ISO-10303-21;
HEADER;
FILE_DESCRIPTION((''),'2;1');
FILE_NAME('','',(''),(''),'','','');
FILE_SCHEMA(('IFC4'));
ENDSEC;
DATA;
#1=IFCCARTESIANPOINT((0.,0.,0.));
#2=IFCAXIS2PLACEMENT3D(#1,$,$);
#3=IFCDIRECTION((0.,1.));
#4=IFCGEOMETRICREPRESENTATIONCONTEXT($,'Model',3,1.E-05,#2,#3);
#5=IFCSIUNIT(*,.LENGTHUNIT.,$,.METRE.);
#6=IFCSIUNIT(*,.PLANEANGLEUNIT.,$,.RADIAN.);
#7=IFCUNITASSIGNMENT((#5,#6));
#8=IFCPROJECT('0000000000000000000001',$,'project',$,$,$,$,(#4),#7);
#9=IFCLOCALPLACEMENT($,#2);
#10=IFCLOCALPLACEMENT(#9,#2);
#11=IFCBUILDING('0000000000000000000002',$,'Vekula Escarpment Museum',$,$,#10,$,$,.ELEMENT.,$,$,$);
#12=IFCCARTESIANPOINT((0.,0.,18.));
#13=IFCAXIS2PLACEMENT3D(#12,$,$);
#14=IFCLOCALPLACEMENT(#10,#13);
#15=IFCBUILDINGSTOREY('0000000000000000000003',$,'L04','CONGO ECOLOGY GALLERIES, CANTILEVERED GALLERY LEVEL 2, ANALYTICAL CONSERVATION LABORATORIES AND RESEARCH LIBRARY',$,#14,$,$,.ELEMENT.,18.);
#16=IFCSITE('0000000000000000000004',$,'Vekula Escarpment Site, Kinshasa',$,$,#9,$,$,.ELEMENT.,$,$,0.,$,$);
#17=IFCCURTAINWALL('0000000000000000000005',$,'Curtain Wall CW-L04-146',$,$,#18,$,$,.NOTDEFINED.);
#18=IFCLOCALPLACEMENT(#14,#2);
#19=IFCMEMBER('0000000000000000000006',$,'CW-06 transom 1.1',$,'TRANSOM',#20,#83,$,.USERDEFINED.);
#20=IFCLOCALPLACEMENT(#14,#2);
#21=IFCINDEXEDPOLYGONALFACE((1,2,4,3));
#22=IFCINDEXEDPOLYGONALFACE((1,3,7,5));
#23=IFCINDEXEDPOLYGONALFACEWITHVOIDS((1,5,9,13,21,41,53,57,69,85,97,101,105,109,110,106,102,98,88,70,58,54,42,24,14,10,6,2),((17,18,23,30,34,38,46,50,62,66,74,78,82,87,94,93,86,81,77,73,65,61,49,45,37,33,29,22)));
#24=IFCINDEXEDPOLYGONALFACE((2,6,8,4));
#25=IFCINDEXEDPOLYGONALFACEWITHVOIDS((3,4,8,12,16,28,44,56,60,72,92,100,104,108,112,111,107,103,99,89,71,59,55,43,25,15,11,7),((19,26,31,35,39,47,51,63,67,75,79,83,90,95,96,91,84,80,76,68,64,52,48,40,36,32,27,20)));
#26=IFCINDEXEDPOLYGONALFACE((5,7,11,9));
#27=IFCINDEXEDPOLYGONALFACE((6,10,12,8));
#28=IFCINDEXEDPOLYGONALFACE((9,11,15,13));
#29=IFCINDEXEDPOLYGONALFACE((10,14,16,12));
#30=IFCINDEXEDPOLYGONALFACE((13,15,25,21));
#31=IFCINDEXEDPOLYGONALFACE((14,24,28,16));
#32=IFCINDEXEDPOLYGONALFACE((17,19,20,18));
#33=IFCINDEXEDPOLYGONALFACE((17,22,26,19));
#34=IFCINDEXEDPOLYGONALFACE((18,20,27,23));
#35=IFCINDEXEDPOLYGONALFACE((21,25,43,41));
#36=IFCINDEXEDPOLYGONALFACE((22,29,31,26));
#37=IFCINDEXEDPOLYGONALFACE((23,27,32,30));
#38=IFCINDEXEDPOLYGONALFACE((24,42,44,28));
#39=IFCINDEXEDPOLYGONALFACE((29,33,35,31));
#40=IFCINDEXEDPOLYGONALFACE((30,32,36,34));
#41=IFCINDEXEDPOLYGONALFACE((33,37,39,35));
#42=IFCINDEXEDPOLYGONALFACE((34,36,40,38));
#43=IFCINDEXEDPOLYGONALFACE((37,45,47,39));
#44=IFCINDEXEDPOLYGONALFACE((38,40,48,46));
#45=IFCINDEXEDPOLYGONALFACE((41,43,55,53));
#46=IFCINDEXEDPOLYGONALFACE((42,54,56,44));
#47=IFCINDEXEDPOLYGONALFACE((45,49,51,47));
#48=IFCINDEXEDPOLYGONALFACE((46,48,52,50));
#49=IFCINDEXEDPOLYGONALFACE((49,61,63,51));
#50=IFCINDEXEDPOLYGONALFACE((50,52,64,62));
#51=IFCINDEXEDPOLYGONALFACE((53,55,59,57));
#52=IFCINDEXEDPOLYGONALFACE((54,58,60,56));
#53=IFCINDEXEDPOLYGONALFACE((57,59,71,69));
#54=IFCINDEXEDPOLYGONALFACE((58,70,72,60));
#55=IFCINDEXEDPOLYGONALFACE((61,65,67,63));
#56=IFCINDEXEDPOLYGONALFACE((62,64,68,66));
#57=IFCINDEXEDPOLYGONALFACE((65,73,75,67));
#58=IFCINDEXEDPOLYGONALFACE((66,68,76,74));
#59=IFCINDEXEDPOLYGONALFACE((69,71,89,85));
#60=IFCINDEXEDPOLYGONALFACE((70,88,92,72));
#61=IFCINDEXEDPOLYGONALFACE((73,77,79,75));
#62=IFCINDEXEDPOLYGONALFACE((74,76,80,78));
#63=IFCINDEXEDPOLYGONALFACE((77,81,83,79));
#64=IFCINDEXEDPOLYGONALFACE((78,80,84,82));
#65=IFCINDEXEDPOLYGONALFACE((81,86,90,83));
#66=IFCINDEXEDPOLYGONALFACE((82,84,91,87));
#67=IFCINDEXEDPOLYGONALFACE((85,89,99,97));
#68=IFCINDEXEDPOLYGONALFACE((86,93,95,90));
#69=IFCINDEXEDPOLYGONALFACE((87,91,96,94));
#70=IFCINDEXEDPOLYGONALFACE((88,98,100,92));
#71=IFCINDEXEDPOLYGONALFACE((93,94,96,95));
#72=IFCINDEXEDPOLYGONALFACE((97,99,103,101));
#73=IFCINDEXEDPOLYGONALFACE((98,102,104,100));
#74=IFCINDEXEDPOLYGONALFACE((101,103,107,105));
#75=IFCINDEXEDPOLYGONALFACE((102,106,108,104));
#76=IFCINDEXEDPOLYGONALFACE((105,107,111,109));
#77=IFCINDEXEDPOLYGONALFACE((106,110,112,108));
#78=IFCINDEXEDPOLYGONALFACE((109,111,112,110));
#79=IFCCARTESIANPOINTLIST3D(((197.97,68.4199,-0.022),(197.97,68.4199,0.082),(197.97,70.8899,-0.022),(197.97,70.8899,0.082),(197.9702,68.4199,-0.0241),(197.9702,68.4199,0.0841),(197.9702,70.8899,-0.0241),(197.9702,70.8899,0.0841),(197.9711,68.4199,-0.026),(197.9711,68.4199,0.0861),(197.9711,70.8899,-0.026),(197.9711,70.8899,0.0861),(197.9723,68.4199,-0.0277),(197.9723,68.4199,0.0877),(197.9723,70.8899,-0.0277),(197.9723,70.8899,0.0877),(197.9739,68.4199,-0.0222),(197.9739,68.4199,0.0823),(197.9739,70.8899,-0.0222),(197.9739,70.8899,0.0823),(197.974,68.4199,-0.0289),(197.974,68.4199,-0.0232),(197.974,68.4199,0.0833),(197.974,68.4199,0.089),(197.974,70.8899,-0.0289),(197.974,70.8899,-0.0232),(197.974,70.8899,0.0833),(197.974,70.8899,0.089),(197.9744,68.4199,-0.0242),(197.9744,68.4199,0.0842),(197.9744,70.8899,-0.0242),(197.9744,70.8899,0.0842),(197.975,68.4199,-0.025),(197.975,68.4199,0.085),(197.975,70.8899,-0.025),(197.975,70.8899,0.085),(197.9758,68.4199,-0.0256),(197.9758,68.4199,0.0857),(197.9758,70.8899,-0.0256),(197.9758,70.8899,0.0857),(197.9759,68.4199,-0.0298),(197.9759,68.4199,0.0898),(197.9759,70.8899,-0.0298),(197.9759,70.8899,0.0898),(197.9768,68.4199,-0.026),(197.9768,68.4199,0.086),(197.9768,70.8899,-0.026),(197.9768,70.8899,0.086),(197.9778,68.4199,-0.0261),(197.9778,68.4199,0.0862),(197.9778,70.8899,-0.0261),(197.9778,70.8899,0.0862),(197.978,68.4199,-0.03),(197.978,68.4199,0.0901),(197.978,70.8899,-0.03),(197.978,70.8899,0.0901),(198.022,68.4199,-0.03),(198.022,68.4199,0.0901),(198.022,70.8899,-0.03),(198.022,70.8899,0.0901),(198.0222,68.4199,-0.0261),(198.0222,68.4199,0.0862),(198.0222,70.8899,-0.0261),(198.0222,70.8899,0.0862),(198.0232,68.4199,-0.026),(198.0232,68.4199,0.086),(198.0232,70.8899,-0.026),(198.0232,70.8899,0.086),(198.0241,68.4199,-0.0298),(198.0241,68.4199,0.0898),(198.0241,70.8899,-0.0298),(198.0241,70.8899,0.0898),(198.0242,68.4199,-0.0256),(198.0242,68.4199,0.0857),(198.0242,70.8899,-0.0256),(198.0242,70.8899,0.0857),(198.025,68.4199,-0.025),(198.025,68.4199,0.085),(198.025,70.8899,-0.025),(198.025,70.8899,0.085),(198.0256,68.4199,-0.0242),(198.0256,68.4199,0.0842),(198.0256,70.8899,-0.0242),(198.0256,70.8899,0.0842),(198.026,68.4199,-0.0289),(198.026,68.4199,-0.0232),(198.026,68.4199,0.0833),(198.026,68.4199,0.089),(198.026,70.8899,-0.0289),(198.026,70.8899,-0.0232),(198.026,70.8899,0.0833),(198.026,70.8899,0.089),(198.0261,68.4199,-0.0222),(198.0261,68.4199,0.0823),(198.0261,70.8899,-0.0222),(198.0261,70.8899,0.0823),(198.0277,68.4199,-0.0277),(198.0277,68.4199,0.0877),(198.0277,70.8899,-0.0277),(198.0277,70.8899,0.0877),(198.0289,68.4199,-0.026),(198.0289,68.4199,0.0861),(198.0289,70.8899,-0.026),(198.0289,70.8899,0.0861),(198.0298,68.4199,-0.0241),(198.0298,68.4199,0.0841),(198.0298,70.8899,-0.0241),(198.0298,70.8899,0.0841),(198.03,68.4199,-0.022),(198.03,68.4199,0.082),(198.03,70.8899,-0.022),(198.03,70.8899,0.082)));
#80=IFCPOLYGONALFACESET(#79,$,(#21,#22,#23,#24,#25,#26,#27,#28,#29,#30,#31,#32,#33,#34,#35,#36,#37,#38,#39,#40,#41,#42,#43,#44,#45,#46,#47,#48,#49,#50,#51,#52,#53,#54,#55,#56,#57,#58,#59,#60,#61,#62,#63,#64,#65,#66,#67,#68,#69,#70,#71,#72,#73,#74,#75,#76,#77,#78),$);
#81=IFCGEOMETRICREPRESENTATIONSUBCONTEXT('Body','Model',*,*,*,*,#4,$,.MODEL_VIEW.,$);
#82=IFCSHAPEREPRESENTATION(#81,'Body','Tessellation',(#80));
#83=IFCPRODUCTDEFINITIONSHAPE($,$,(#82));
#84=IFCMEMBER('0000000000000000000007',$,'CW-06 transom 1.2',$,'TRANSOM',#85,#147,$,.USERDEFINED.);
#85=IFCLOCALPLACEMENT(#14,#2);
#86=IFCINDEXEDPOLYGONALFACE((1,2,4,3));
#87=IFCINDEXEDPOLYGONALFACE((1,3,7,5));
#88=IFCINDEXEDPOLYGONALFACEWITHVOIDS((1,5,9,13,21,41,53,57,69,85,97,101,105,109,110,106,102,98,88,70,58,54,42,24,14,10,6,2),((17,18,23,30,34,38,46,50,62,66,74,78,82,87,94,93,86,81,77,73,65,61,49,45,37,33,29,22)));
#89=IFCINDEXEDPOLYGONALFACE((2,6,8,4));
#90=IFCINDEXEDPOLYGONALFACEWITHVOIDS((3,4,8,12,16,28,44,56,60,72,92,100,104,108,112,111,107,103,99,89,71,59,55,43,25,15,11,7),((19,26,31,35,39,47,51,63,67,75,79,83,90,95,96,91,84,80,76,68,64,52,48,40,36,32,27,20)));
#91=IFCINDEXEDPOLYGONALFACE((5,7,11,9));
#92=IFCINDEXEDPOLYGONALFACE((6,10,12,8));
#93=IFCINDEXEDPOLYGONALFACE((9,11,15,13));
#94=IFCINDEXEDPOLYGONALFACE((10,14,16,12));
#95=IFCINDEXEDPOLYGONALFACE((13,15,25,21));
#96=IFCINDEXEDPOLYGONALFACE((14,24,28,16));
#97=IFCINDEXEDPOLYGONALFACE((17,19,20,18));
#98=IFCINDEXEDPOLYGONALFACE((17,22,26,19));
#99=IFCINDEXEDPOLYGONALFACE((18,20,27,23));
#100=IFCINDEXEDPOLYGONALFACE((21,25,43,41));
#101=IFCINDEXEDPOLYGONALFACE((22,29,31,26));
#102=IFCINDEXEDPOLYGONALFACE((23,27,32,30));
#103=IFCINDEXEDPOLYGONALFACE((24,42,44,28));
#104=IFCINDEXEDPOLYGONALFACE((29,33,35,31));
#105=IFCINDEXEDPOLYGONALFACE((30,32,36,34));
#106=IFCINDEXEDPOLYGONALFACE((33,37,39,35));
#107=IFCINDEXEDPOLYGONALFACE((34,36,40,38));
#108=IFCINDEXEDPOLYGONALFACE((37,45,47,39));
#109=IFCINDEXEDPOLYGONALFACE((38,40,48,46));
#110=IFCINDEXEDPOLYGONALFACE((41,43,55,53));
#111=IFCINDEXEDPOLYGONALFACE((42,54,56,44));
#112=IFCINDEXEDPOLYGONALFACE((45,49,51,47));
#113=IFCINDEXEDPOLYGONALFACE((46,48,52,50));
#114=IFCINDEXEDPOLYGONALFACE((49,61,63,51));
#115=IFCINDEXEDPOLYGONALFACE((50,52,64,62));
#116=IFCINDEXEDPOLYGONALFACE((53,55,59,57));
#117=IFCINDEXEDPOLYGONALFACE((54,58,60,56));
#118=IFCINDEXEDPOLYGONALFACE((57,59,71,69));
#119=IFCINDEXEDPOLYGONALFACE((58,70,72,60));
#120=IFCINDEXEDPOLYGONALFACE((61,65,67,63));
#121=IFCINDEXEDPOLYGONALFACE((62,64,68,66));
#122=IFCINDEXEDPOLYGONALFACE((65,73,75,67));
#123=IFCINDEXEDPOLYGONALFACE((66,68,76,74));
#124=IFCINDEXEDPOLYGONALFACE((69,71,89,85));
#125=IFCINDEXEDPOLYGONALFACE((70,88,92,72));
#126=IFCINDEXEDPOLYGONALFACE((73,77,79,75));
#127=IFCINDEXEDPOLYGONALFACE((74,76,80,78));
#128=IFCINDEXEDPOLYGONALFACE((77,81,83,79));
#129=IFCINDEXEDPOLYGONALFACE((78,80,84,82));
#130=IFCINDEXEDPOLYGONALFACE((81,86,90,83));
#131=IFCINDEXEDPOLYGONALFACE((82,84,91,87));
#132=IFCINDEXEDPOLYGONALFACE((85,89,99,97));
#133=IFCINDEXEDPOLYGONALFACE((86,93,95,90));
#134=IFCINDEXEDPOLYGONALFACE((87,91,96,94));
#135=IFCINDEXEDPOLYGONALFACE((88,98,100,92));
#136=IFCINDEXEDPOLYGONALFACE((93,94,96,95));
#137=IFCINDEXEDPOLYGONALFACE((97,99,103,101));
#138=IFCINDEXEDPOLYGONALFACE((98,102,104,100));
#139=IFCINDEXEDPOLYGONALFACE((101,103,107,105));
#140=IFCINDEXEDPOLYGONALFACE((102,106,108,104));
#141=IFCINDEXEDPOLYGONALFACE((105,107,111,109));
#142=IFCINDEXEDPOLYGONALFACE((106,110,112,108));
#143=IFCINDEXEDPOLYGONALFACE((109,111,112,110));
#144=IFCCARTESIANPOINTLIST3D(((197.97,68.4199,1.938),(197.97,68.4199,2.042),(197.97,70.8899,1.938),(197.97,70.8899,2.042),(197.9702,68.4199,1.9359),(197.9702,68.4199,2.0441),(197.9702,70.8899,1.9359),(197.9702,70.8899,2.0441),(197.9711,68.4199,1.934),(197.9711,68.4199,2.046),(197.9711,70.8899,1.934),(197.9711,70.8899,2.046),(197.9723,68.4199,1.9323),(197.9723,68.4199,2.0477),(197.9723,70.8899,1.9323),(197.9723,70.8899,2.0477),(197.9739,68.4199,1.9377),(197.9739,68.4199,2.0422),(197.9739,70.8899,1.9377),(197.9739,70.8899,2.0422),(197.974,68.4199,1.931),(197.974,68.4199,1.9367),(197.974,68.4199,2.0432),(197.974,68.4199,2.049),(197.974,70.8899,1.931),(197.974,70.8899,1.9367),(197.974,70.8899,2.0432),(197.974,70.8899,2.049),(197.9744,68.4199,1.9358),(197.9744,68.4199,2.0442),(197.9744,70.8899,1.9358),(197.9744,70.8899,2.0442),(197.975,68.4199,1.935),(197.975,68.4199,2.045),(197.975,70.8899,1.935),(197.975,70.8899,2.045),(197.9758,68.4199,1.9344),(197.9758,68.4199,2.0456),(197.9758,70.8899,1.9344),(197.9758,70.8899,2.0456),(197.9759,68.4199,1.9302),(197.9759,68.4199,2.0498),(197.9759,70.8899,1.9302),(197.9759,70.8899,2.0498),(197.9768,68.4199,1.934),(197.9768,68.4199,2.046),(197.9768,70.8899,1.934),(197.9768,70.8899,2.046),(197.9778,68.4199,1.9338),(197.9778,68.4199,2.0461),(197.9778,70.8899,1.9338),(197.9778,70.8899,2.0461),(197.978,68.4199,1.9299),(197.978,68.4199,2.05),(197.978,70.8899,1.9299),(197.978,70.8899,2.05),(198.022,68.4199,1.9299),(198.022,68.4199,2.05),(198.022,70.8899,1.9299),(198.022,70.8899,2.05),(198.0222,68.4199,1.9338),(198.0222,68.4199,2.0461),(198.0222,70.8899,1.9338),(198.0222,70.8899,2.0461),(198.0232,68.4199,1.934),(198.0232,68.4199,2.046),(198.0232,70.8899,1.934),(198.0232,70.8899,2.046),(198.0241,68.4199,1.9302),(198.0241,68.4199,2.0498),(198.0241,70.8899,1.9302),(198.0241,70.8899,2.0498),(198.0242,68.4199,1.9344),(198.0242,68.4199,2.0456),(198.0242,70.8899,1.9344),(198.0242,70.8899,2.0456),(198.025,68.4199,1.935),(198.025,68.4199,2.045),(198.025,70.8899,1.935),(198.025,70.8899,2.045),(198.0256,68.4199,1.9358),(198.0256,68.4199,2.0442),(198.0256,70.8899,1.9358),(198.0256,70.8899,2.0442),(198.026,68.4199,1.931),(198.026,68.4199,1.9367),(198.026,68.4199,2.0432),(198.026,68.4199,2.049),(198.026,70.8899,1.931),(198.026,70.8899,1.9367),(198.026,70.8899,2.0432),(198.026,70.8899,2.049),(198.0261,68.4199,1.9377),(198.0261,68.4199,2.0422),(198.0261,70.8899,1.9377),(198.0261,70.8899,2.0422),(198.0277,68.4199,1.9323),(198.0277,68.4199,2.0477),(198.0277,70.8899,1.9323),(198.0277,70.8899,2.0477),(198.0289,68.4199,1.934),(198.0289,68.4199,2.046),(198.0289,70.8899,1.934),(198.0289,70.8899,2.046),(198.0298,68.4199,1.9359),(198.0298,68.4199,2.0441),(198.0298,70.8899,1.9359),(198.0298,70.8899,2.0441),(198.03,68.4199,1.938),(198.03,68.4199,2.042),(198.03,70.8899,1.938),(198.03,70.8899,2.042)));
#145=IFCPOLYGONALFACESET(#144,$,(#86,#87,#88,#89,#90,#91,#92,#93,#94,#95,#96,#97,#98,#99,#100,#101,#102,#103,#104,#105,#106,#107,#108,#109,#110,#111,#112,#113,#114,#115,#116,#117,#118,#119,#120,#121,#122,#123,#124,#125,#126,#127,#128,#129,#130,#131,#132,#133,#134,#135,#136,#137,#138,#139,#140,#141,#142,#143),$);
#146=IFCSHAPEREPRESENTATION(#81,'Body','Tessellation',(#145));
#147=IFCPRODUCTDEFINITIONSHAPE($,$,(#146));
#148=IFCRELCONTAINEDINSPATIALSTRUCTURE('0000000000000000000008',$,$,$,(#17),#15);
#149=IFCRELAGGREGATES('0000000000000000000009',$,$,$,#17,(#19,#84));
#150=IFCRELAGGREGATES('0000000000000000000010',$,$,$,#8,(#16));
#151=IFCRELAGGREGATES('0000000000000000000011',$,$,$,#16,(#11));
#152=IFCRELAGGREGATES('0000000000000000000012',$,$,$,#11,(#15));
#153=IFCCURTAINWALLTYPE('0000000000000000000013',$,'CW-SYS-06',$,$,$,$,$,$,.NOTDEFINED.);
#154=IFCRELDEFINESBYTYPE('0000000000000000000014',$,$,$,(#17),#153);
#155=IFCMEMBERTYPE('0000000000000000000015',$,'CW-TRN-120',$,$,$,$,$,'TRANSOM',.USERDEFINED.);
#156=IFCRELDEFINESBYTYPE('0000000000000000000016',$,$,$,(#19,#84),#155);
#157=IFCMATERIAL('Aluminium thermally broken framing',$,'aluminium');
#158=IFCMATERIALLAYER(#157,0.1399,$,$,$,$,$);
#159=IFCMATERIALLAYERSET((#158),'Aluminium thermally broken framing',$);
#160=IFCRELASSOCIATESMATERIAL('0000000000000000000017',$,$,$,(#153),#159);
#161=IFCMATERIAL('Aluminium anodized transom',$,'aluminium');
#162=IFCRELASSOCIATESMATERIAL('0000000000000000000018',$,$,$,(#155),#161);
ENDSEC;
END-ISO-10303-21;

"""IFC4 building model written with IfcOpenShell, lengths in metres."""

from ifc_helpers import new_model, si_unit, direction, frame, origin, origin_2d, place, context, subcontext, project, spatial, hollow_rectangle, extrude, material, layer, layer_set, material_profile, profile_set, type_object, element, aggregate, save


model = new_model("IFC4")

# Units and contexts
model_context = context("Model", 3, precision=1e-05, world=origin(), true_north=direction((0.0, 1.0)))
body_context = subcontext(model_context, "Body", "Model", "MODEL_VIEW")
ifc_project = project(units=[si_unit("LENGTHUNIT", "METRE"), si_unit("PLANEANGLEUNIT", "RADIAN")], contexts=[model_context])

# Site, building, storey
site_placement = place(None, origin())
site = spatial("IfcSite", under=ifc_project, at=site_placement, Name="Vekula Escarpment Site, Kinshasa", CompositionType="ELEMENT", RefElevation=0.0)
building_placement = place(site_placement, origin())
building = spatial("IfcBuilding", under=site, at=building_placement, Name="Vekula Escarpment Museum", CompositionType="ELEMENT")
storey_placement = place(building_placement, frame((0.0, 0.0, 18.0)))
storey = spatial("IfcBuildingStorey", under=building, at=storey_placement, Name="L04", Description="CONGO ECOLOGY GALLERIES, CANTILEVERED GALLERY LEVEL 2, ANALYTICAL CONSERVATION LABORATORIES AND RESEARCH LIBRARY", CompositionType="ELEMENT", Elevation=18.0)

# Curtain wall, members
ifc_material_1 = material(Name="Aluminium thermally broken framing", Category="aluminium")
ifc_layer_1 = layer(ifc_material_1, 0.1399)
ifc_layer_set_1 = layer_set([ifc_layer_1], Name="Aluminium thermally broken framing")
curtain_wall_type = type_object("IfcCurtainWallType", Name="CW-SYS-06", PredefinedType="NOTDEFINED", material=ifc_layer_set_1)
curtain_wall_placement = place(storey_placement, origin())
curtain_wall = element("IfcCurtainWall", 1, at=curtain_wall_placement, inside=storey, type_object=curtain_wall_type, Name="Curtain Wall CW-L04-146", PredefinedType="NOTDEFINED")
ifc_material_2 = material(Name="Aluminium anodized transom", Category="aluminium")
ifc_material_profile_1 = material_profile(ifc_material_2, hollow_rectangle(XDim=0.0601, YDim=0.1201, WallThickness=0.0039, InnerFilletRadius=0.0039, OuterFilletRadius=0.0081, at=origin_2d()), Name="ALU 120x60x4")
ifc_profile_set_1 = profile_set([ifc_material_profile_1], Name="Aluminium anodized transom")
member_type_1 = type_object("IfcMemberType", Name="CW-TRN-120", ElementType="TRANSOM", PredefinedType="USERDEFINED", material=ifc_profile_set_1)
member_1_placement = place(storey_placement, frame((198.0, 68.4199, 0.03), z_axis=(0.0, 1.0, 0.0), x_axis=(-1.0, 0.0, 0.0)))
member_1 = element("IfcMember", 2, at=member_1_placement, type_object=member_type_1, Name="CW-06 transom 1.1", ObjectType="TRANSOM", PredefinedType="USERDEFINED", context=body_context, shape_type="SweptSolid", body=[
    extrude(hollow_rectangle(XDim=0.0601, YDim=0.1201, WallThickness=0.0039, InnerFilletRadius=0.0039, OuterFilletRadius=0.0081, at=origin_2d()), origin(), (0.0, 0.0, 1.0), 2.47),
])
member_2_placement = place(storey_placement, frame((198.0, 68.4199, 1.99), z_axis=(0.0, 1.0, 0.0), x_axis=(-1.0, 0.0, 0.0)))
member_2 = element("IfcMember", 3, at=member_2_placement, type_object=member_type_1, Name="CW-06 transom 1.2", ObjectType="TRANSOM", PredefinedType="USERDEFINED", context=body_context, shape_type="SweptSolid", body=[
    extrude(hollow_rectangle(XDim=0.0601, YDim=0.1201, WallThickness=0.0039, InnerFilletRadius=0.0039, OuterFilletRadius=0.0081, at=origin_2d()), origin(), (0.0, 0.0, 1.0), 2.47),
])
aggregate(curtain_wall, [member_1, member_2])

save(model, "model.ifc")
